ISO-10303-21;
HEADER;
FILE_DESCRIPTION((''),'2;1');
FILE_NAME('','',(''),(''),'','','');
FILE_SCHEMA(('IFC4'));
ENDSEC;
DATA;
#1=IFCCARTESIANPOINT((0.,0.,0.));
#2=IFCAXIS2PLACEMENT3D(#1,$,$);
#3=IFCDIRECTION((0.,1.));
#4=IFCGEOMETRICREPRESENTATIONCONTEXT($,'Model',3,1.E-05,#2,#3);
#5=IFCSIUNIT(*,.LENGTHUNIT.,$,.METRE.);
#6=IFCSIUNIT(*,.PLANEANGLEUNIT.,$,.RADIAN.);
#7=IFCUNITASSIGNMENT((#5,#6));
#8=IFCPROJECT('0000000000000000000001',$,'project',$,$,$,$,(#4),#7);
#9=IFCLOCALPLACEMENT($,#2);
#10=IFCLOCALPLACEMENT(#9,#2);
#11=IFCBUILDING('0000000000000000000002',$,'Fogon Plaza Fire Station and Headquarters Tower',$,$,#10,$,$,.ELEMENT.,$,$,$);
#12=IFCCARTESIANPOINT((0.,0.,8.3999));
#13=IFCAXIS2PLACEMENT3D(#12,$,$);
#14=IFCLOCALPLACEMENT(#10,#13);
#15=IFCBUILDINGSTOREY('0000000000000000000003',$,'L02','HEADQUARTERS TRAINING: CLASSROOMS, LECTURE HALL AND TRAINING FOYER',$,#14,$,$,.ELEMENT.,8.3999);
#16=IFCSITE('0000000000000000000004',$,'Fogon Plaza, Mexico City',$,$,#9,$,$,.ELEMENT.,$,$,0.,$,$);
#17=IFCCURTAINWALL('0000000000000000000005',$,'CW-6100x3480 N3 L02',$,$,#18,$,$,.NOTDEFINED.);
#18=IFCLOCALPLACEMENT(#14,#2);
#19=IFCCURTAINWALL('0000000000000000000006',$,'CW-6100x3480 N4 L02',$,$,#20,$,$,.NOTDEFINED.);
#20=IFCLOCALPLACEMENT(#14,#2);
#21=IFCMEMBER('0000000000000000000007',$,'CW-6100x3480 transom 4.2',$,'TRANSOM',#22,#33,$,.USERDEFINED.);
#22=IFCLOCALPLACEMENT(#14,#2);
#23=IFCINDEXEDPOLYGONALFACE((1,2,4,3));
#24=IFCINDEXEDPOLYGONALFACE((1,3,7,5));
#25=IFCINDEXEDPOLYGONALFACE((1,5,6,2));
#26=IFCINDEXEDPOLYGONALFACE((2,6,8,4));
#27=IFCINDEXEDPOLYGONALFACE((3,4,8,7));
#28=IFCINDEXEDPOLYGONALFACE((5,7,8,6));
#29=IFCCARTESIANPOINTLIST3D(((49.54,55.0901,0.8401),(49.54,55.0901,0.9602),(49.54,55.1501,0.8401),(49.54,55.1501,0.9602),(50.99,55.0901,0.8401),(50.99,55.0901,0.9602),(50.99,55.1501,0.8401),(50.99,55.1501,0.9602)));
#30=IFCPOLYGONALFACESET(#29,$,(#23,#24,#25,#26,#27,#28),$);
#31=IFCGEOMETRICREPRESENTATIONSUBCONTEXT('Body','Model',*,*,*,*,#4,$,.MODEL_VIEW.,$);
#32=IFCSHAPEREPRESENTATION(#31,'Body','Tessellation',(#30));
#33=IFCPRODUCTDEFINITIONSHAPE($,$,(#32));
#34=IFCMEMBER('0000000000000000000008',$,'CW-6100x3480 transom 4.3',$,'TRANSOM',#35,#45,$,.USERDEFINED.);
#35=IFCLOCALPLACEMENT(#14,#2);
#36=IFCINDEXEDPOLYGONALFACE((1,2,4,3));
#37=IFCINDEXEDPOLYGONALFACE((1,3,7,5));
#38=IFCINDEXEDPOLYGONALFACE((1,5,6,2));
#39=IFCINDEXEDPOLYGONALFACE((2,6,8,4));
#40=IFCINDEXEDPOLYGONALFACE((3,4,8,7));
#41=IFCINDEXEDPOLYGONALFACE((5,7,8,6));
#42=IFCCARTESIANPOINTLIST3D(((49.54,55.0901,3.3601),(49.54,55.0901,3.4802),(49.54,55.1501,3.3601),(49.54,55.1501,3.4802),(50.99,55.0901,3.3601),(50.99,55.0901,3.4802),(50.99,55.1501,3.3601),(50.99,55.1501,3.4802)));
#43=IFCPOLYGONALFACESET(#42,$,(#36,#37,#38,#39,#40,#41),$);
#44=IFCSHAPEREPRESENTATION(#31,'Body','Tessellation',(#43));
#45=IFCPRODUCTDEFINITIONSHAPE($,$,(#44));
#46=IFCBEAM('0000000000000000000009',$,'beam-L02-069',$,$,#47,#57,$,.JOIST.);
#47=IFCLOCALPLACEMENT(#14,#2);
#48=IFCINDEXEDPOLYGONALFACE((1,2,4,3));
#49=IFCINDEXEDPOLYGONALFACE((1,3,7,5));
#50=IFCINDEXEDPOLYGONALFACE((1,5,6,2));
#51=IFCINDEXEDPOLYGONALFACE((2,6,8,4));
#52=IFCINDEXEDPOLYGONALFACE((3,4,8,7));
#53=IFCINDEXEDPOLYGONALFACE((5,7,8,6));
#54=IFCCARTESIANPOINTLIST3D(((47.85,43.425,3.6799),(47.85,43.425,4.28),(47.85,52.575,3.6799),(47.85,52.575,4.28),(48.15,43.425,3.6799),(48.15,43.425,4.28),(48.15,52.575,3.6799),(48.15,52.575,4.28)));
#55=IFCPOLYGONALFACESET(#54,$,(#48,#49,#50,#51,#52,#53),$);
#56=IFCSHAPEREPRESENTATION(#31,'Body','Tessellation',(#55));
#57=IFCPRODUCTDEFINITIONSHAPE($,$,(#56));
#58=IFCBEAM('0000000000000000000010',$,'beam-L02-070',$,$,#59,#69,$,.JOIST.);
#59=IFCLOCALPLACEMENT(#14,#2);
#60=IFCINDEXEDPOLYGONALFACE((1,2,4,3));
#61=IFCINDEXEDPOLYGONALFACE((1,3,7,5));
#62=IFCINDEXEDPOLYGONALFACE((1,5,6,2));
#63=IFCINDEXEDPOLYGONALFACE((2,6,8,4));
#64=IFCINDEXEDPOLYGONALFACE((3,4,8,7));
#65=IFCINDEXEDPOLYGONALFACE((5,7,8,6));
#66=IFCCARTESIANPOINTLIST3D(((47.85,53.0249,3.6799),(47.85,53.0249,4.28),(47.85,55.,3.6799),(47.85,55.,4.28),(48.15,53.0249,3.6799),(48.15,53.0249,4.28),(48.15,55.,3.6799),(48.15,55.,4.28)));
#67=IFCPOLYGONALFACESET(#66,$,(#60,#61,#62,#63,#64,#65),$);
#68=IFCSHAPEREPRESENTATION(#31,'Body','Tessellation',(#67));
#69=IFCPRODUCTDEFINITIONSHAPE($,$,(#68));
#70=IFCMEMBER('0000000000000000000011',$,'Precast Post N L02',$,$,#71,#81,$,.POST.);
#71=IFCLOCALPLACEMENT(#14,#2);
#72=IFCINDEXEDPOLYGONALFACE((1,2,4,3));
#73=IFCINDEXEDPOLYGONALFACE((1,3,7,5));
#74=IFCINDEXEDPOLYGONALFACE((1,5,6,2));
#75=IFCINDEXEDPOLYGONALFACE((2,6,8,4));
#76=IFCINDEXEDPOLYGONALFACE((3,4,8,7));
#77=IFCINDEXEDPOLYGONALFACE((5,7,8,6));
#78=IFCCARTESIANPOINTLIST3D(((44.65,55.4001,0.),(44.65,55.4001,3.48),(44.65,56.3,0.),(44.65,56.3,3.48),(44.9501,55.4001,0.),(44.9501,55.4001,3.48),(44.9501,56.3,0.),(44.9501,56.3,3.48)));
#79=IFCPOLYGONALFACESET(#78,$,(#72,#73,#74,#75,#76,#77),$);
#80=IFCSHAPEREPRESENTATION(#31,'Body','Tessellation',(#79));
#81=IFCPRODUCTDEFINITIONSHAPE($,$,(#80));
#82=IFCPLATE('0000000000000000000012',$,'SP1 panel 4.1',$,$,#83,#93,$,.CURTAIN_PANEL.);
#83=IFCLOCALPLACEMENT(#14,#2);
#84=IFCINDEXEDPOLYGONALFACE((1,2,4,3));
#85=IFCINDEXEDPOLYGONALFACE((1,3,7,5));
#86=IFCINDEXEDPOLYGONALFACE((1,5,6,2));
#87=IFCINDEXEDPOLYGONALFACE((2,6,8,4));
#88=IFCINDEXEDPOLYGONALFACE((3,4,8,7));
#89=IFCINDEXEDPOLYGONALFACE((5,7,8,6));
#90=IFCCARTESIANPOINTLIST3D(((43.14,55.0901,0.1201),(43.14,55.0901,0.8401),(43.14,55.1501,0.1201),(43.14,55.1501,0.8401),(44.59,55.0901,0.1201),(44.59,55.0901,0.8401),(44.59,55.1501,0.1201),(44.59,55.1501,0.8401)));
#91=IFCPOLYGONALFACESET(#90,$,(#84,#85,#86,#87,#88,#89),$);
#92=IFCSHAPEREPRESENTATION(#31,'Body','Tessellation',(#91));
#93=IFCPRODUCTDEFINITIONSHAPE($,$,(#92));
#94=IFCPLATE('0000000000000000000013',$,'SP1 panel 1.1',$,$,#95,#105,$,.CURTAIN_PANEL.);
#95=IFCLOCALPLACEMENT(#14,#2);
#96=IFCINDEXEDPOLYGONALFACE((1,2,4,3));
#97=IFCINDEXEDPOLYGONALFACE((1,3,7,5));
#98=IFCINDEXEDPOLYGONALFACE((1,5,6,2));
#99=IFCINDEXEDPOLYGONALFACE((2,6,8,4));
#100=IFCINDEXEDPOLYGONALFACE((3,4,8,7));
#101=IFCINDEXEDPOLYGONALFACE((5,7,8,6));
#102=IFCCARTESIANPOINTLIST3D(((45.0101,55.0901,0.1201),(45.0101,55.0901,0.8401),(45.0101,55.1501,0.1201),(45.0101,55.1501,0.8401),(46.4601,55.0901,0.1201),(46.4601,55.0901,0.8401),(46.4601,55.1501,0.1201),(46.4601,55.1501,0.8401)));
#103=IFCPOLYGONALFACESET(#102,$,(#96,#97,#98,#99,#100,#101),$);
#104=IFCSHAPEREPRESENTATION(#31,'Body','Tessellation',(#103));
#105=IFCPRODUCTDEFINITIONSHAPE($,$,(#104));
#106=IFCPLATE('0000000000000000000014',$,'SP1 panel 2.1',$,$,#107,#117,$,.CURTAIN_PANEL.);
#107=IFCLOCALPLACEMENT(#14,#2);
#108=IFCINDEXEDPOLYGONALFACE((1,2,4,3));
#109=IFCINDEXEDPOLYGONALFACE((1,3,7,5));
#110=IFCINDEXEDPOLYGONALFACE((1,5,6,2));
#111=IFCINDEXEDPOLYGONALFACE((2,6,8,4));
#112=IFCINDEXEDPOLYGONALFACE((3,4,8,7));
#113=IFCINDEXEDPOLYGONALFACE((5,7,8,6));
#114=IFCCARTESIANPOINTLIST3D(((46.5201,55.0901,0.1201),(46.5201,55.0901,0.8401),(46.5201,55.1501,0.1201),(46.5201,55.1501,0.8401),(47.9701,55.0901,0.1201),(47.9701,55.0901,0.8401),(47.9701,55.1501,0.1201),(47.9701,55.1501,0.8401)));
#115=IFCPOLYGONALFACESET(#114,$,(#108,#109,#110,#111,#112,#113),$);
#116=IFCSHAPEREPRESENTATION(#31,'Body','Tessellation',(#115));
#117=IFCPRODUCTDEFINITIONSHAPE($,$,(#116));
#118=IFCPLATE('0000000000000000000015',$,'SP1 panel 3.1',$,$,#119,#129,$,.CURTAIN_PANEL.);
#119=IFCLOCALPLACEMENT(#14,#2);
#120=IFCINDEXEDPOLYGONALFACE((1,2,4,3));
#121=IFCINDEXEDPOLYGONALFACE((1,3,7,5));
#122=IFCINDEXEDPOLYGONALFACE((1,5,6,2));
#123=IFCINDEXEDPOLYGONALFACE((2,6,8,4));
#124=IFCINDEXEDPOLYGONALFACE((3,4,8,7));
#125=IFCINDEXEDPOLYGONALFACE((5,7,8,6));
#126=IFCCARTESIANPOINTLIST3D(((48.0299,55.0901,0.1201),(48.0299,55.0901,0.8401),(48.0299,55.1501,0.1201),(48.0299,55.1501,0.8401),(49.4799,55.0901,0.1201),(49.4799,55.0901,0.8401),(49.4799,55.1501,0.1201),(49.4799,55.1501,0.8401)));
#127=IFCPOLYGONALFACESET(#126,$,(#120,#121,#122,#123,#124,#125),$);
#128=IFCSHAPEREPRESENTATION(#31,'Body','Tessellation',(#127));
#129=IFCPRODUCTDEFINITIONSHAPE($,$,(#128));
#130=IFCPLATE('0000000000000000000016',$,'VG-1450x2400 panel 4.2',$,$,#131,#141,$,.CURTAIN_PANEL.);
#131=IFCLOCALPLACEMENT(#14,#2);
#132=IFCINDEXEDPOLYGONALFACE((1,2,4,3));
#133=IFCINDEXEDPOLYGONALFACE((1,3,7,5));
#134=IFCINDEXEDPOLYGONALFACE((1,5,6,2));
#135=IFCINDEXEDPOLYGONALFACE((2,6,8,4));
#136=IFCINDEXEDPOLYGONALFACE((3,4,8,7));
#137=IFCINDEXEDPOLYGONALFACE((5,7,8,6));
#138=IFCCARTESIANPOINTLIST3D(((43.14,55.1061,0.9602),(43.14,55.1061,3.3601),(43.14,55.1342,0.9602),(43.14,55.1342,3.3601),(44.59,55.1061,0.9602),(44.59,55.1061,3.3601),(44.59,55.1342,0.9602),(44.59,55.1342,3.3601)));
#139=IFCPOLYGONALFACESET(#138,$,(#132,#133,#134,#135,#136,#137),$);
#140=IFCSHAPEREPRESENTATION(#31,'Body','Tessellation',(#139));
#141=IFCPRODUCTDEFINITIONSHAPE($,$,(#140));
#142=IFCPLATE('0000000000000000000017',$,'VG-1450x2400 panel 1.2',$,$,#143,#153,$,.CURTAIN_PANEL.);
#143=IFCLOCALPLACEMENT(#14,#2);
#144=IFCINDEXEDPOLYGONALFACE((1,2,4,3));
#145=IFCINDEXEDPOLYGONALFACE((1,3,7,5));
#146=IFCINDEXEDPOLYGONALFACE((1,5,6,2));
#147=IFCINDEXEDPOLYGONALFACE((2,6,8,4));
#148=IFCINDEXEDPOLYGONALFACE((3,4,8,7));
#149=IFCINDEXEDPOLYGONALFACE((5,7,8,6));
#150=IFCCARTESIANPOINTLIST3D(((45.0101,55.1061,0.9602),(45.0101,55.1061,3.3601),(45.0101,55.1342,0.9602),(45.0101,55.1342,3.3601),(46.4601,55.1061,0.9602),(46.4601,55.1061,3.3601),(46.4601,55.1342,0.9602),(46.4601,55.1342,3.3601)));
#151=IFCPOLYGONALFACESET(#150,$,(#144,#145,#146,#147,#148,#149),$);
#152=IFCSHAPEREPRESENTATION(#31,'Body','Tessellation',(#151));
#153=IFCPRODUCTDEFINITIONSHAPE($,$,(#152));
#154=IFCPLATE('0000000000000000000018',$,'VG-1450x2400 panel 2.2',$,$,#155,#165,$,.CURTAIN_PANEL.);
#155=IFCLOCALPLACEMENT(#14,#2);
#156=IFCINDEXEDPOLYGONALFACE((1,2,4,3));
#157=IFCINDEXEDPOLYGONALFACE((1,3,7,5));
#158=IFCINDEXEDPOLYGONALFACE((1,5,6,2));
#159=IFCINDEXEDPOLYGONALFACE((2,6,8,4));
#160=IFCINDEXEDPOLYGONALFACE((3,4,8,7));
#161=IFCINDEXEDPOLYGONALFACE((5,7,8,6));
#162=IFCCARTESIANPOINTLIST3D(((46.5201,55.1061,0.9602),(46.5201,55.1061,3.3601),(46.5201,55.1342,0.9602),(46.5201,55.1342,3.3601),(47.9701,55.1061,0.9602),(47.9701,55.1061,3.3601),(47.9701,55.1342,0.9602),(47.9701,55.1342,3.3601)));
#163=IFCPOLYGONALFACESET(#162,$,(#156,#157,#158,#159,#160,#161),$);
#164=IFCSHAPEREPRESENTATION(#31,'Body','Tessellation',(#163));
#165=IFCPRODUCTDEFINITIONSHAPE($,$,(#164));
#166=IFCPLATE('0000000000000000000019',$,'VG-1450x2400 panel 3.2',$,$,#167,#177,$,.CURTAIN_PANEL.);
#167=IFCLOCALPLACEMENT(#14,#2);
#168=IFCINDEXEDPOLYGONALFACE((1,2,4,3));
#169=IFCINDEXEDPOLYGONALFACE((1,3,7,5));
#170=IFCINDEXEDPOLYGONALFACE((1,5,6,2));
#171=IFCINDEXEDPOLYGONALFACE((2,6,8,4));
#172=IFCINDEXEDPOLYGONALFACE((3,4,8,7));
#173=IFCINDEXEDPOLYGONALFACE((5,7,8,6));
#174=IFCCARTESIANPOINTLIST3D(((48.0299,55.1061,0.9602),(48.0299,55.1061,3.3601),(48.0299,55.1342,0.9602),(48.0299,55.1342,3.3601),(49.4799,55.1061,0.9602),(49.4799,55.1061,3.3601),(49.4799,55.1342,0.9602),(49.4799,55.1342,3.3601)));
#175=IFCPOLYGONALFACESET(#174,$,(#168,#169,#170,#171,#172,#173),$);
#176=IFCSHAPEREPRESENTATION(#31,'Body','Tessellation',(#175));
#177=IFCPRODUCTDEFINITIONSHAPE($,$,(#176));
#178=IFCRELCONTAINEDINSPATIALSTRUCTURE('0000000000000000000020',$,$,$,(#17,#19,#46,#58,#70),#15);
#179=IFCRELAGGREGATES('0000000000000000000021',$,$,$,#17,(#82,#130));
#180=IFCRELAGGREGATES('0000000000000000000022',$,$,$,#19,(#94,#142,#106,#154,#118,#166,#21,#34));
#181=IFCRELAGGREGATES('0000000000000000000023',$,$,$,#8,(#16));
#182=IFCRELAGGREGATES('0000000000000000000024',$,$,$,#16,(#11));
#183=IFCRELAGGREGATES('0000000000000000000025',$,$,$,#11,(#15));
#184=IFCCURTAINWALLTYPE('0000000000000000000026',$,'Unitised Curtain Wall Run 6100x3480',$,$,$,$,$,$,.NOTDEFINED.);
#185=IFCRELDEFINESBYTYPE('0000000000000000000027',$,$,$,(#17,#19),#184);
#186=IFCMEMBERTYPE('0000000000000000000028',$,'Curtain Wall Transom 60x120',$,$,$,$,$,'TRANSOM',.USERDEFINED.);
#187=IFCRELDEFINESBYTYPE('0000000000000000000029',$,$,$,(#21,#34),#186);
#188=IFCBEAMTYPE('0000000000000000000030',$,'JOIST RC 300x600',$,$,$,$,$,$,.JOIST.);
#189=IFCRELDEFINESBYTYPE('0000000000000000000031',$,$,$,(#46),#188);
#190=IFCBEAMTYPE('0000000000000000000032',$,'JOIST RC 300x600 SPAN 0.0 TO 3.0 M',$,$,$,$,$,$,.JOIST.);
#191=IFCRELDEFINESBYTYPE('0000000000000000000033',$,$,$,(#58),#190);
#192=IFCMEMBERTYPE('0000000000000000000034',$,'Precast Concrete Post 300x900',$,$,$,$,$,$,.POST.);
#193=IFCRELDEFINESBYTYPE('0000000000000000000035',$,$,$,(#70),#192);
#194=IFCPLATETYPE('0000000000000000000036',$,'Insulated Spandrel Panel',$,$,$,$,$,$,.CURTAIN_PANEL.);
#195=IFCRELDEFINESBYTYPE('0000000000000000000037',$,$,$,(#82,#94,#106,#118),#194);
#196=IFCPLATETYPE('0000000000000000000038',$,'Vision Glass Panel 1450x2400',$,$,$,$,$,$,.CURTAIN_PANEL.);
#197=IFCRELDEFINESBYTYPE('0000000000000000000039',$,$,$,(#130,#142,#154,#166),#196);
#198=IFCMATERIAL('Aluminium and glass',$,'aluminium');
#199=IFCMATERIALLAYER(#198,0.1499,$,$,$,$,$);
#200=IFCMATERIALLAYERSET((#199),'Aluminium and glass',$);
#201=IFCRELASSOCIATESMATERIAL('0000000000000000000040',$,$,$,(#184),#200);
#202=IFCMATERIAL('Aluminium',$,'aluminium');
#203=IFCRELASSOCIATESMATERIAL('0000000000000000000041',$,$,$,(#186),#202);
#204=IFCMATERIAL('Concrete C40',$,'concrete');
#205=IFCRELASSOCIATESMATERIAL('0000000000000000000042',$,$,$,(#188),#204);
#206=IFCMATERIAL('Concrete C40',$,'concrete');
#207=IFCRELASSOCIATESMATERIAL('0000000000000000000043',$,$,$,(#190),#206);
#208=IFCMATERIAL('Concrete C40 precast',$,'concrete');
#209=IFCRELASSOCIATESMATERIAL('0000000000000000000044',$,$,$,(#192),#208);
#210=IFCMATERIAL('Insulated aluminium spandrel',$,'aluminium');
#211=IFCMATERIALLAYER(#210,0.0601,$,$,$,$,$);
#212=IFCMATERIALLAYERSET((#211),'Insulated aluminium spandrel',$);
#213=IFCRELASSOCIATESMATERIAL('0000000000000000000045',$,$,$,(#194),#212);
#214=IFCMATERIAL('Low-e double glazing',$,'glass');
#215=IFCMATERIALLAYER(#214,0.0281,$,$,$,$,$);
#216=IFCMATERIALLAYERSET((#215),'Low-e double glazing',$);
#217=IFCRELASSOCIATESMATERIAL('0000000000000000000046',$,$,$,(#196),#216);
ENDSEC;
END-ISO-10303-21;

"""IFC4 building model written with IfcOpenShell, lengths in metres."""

from ifc_helpers import new_model, si_unit, direction, frame, origin, origin_2d, place, context, subcontext, project, spatial, rectangle, extrude, material, layer, layer_set, material_profile, profile_set, type_object, element, aggregate, save


model = new_model("IFC4")

# Units and contexts
model_context = context("Model", 3, precision=1e-05, world=origin(), true_north=direction((0.0, 1.0)))
body_context = subcontext(model_context, "Body", "Model", "MODEL_VIEW")
ifc_project = project(units=[si_unit("LENGTHUNIT", "METRE"), si_unit("PLANEANGLEUNIT", "RADIAN")], contexts=[model_context])

# Site, building, storey
site_placement = place(None, origin())
site = spatial("IfcSite", under=ifc_project, at=site_placement, Name="Fogon Plaza, Mexico City", CompositionType="ELEMENT", RefElevation=0.0)
building_placement = place(site_placement, origin())
building = spatial("IfcBuilding", under=site, at=building_placement, Name="Fogon Plaza Fire Station and Headquarters Tower", CompositionType="ELEMENT")
storey_placement = place(building_placement, frame((0.0, 0.0, 8.3999)))
storey = spatial("IfcBuildingStorey", under=building, at=storey_placement, Name="L02", Description="HEADQUARTERS TRAINING: CLASSROOMS, LECTURE HALL AND TRAINING FOYER", CompositionType="ELEMENT", Elevation=8.3999)

# Curtain wall
ifc_material_1 = material(Name="Aluminium and glass", Category="aluminium")
ifc_layer_1 = layer(ifc_material_1, 0.1499)
ifc_layer_set_1 = layer_set([ifc_layer_1], Name="Aluminium and glass")
curtain_wall_type = type_object("IfcCurtainWallType", Name="Unitised Curtain Wall Run 6100x3480", PredefinedType="NOTDEFINED", material=ifc_layer_set_1)
curtain_wall_1_placement = place(storey_placement, origin())
curtain_wall_1 = element("IfcCurtainWall", 1, at=curtain_wall_1_placement, inside=storey, type_object=curtain_wall_type, Name="CW-6100x3480 N3 L02", PredefinedType="NOTDEFINED")

# Curtain wall
curtain_wall_2_placement = place(storey_placement, origin())
curtain_wall_2 = element("IfcCurtainWall", 2, at=curtain_wall_2_placement, inside=storey, type_object=curtain_wall_type, Name="CW-6100x3480 N4 L02", PredefinedType="NOTDEFINED")

# Members
ifc_material_2 = material(Name="Aluminium", Category="aluminium")
ifc_material_profile_1 = material_profile(ifc_material_2, rectangle(XDim=0.0601, YDim=0.1201, at=origin_2d()), Name="Curtain Wall Transom 60x120")
ifc_profile_set_1 = profile_set([ifc_material_profile_1], Name="Aluminium")
member_type_1 = type_object("IfcMemberType", Name="Curtain Wall Transom 60x120", ElementType="TRANSOM", PredefinedType="USERDEFINED", material=ifc_profile_set_1)
member_1_placement = place(storey_placement, frame((49.54, 55.1201, 0.9001), z_axis=(1.0, 0.0, 0.0), x_axis=(0.0, 1.0, 0.0)))
member_1 = element("IfcMember", 3, at=member_1_placement, type_object=member_type_1, Name="CW-6100x3480 transom 4.2", ObjectType="TRANSOM", PredefinedType="USERDEFINED", context=body_context, shape_type="SweptSolid", body=[
    extrude(rectangle(XDim=0.0601, YDim=0.1201, at=origin_2d()), origin(), (0.0, 0.0, 1.0), 1.45),
])
member_2_placement = place(storey_placement, frame((49.54, 55.1201, 3.4202), z_axis=(1.0, 0.0, 0.0), x_axis=(0.0, 1.0, 0.0)))
member_2 = element("IfcMember", 4, at=member_2_placement, type_object=member_type_1, Name="CW-6100x3480 transom 4.3", ObjectType="TRANSOM", PredefinedType="USERDEFINED", context=body_context, shape_type="SweptSolid", body=[
    extrude(rectangle(XDim=0.0601, YDim=0.1201, at=origin_2d()), origin(), (0.0, 0.0, 1.0), 1.45),
])

# Beams
ifc_material_3 = material(Name="Concrete C40", Category="concrete")
ifc_material_profile_2 = material_profile(ifc_material_3, rectangle(XDim=0.3, YDim=0.6001, at=origin_2d()), Name="RC 300x600")
ifc_profile_set_2 = profile_set([ifc_material_profile_2], Name="Concrete C40")
beam_type_1 = type_object("IfcBeamType", Name="JOIST RC 300x600", PredefinedType="JOIST", material=ifc_profile_set_2)
beam_1_placement = place(storey_placement, frame((48.0, 43.425, 3.98), z_axis=(0.0, 1.0, 0.0), x_axis=(-1.0, 0.0, 0.0)))
element("IfcBeam", 5, at=beam_1_placement, inside=storey, type_object=beam_type_1, Name="beam-L02-069", PredefinedType="JOIST", context=body_context, shape_type="SweptSolid", body=[
    extrude(rectangle(XDim=0.3, YDim=0.6001, at=origin_2d()), origin(), (0.0, 0.0, 1.0), 9.1499),
])
ifc_material_4 = material(Name="Concrete C40", Category="concrete")
ifc_material_profile_3 = material_profile(ifc_material_4, rectangle(XDim=0.3, YDim=0.6001, at=origin_2d()), Name="RC 300x600")
ifc_profile_set_3 = profile_set([ifc_material_profile_3], Name="Concrete C40")
beam_type_2 = type_object("IfcBeamType", Name="JOIST RC 300x600 SPAN 0.0 TO 3.0 M", PredefinedType="JOIST", material=ifc_profile_set_3)
beam_2_placement = place(storey_placement, frame((48.0, 53.0249, 3.98), z_axis=(0.0, 1.0, 0.0), x_axis=(-1.0, 0.0, 0.0)))
element("IfcBeam", 6, at=beam_2_placement, inside=storey, type_object=beam_type_2, Name="beam-L02-070", PredefinedType="JOIST", context=body_context, shape_type="SweptSolid", body=[
    extrude(rectangle(XDim=0.3, YDim=0.6001, at=origin_2d()), origin(), (0.0, 0.0, 1.0), 1.9751),
])

# Member
ifc_material_5 = material(Name="Concrete C40 precast", Category="concrete")
ifc_material_profile_4 = material_profile(ifc_material_5, rectangle(XDim=0.3, YDim=0.8999, at=origin_2d()), Name="Precast Concrete Post 300x900")
ifc_profile_set_4 = profile_set([ifc_material_profile_4], Name="Concrete C40 precast")
member_type_2 = type_object("IfcMemberType", Name="Precast Concrete Post 300x900", PredefinedType="POST", material=ifc_profile_set_4)
member_3_placement = place(storey_placement, frame((44.8, 55.8501, 0.0), z_axis=(0.0, 0.0, 1.0), x_axis=(1.0, 0.0, 0.0)))
element("IfcMember", 7, at=member_3_placement, inside=storey, type_object=member_type_2, Name="Precast Post N L02", PredefinedType="POST", context=body_context, shape_type="SweptSolid", body=[
    extrude(rectangle(XDim=0.3, YDim=0.8999, at=origin_2d()), origin(), (0.0, 0.0, 1.0), 3.48),
])

# Plates
ifc_material_6 = material(Name="Insulated aluminium spandrel", Category="aluminium")
ifc_layer_2 = layer(ifc_material_6, 0.0601)
ifc_layer_set_2 = layer_set([ifc_layer_2], Name="Insulated aluminium spandrel")
plate_type_1 = type_object("IfcPlateType", Name="Insulated Spandrel Panel", PredefinedType="CURTAIN_PANEL", material=ifc_layer_set_2)
plate_1_placement = place(storey_placement, frame((43.865, 55.1201, 0.1201), z_axis=(0.0, 0.0, 1.0), x_axis=(1.0, 0.0, 0.0)))
plate_1 = element("IfcPlate", 8, at=plate_1_placement, type_object=plate_type_1, Name="SP1 panel 4.1", PredefinedType="CURTAIN_PANEL", context=body_context, shape_type="SweptSolid", body=[
    extrude(rectangle(XDim=1.45, YDim=0.0601, at=origin_2d()), origin(), (0.0, 0.0, 1.0), 0.72),
])
plate_2_placement = place(storey_placement, frame((45.7351, 55.1201, 0.1201), z_axis=(0.0, 0.0, 1.0), x_axis=(1.0, 0.0, 0.0)))
plate_2 = element("IfcPlate", 9, at=plate_2_placement, type_object=plate_type_1, Name="SP1 panel 1.1", PredefinedType="CURTAIN_PANEL", context=body_context, shape_type="SweptSolid", body=[
    extrude(rectangle(XDim=1.45, YDim=0.0601, at=origin_2d()), origin(), (0.0, 0.0, 1.0), 0.72),
])
plate_3_placement = place(storey_placement, frame((47.2451, 55.1201, 0.1201), z_axis=(0.0, 0.0, 1.0), x_axis=(1.0, 0.0, 0.0)))
plate_3 = element("IfcPlate", 10, at=plate_3_placement, type_object=plate_type_1, Name="SP1 panel 2.1", PredefinedType="CURTAIN_PANEL", context=body_context, shape_type="SweptSolid", body=[
    extrude(rectangle(XDim=1.45, YDim=0.0601, at=origin_2d()), origin(), (0.0, 0.0, 1.0), 0.72),
])
plate_4_placement = place(storey_placement, frame((48.7549, 55.1201, 0.1201), z_axis=(0.0, 0.0, 1.0), x_axis=(1.0, 0.0, 0.0)))
plate_4 = element("IfcPlate", 11, at=plate_4_placement, type_object=plate_type_1, Name="SP1 panel 3.1", PredefinedType="CURTAIN_PANEL", context=body_context, shape_type="SweptSolid", body=[
    extrude(rectangle(XDim=1.45, YDim=0.0601, at=origin_2d()), origin(), (0.0, 0.0, 1.0), 0.72),
])
ifc_material_7 = material(Name="Low-e double glazing", Category="glass")
ifc_layer_3 = layer(ifc_material_7, 0.0281)
ifc_layer_set_3 = layer_set([ifc_layer_3], Name="Low-e double glazing")
plate_type_2 = type_object("IfcPlateType", Name="Vision Glass Panel 1450x2400", PredefinedType="CURTAIN_PANEL", material=ifc_layer_set_3)
plate_5_placement = place(storey_placement, frame((43.865, 55.1201, 0.9602), z_axis=(0.0, 0.0, 1.0), x_axis=(1.0, 0.0, 0.0)))
plate_5 = element("IfcPlate", 12, at=plate_5_placement, type_object=plate_type_2, Name="VG-1450x2400 panel 4.2", PredefinedType="CURTAIN_PANEL", context=body_context, shape_type="SweptSolid", body=[
    extrude(rectangle(XDim=1.45, YDim=0.0281, at=origin_2d()), origin(), (0.0, 0.0, 1.0), 2.3999),
])
aggregate(curtain_wall_1, [plate_1, plate_5])
plate_6_placement = place(storey_placement, frame((45.7351, 55.1201, 0.9602), z_axis=(0.0, 0.0, 1.0), x_axis=(1.0, 0.0, 0.0)))
plate_6 = element("IfcPlate", 13, at=plate_6_placement, type_object=plate_type_2, Name="VG-1450x2400 panel 1.2", PredefinedType="CURTAIN_PANEL", context=body_context, shape_type="SweptSolid", body=[
    extrude(rectangle(XDim=1.45, YDim=0.0281, at=origin_2d()), origin(), (0.0, 0.0, 1.0), 2.3999),
])
plate_7_placement = place(storey_placement, frame((47.2451, 55.1201, 0.9602), z_axis=(0.0, 0.0, 1.0), x_axis=(1.0, 0.0, 0.0)))
plate_7 = element("IfcPlate", 14, at=plate_7_placement, type_object=plate_type_2, Name="VG-1450x2400 panel 2.2", PredefinedType="CURTAIN_PANEL", context=body_context, shape_type="SweptSolid", body=[
    extrude(rectangle(XDim=1.45, YDim=0.0281, at=origin_2d()), origin(), (0.0, 0.0, 1.0), 2.3999),
])
plate_8_placement = place(storey_placement, frame((48.7549, 55.1201, 0.9602), z_axis=(0.0, 0.0, 1.0), x_axis=(1.0, 0.0, 0.0)))
plate_8 = element("IfcPlate", 15, at=plate_8_placement, type_object=plate_type_2, Name="VG-1450x2400 panel 3.2", PredefinedType="CURTAIN_PANEL", context=body_context, shape_type="SweptSolid", body=[
    extrude(rectangle(XDim=1.45, YDim=0.0281, at=origin_2d()), origin(), (0.0, 0.0, 1.0), 2.3999),
])
aggregate(curtain_wall_2, [plate_2, plate_6, plate_3, plate_7, plate_4, plate_8, member_1, member_2])

save(model, "model.ifc")
